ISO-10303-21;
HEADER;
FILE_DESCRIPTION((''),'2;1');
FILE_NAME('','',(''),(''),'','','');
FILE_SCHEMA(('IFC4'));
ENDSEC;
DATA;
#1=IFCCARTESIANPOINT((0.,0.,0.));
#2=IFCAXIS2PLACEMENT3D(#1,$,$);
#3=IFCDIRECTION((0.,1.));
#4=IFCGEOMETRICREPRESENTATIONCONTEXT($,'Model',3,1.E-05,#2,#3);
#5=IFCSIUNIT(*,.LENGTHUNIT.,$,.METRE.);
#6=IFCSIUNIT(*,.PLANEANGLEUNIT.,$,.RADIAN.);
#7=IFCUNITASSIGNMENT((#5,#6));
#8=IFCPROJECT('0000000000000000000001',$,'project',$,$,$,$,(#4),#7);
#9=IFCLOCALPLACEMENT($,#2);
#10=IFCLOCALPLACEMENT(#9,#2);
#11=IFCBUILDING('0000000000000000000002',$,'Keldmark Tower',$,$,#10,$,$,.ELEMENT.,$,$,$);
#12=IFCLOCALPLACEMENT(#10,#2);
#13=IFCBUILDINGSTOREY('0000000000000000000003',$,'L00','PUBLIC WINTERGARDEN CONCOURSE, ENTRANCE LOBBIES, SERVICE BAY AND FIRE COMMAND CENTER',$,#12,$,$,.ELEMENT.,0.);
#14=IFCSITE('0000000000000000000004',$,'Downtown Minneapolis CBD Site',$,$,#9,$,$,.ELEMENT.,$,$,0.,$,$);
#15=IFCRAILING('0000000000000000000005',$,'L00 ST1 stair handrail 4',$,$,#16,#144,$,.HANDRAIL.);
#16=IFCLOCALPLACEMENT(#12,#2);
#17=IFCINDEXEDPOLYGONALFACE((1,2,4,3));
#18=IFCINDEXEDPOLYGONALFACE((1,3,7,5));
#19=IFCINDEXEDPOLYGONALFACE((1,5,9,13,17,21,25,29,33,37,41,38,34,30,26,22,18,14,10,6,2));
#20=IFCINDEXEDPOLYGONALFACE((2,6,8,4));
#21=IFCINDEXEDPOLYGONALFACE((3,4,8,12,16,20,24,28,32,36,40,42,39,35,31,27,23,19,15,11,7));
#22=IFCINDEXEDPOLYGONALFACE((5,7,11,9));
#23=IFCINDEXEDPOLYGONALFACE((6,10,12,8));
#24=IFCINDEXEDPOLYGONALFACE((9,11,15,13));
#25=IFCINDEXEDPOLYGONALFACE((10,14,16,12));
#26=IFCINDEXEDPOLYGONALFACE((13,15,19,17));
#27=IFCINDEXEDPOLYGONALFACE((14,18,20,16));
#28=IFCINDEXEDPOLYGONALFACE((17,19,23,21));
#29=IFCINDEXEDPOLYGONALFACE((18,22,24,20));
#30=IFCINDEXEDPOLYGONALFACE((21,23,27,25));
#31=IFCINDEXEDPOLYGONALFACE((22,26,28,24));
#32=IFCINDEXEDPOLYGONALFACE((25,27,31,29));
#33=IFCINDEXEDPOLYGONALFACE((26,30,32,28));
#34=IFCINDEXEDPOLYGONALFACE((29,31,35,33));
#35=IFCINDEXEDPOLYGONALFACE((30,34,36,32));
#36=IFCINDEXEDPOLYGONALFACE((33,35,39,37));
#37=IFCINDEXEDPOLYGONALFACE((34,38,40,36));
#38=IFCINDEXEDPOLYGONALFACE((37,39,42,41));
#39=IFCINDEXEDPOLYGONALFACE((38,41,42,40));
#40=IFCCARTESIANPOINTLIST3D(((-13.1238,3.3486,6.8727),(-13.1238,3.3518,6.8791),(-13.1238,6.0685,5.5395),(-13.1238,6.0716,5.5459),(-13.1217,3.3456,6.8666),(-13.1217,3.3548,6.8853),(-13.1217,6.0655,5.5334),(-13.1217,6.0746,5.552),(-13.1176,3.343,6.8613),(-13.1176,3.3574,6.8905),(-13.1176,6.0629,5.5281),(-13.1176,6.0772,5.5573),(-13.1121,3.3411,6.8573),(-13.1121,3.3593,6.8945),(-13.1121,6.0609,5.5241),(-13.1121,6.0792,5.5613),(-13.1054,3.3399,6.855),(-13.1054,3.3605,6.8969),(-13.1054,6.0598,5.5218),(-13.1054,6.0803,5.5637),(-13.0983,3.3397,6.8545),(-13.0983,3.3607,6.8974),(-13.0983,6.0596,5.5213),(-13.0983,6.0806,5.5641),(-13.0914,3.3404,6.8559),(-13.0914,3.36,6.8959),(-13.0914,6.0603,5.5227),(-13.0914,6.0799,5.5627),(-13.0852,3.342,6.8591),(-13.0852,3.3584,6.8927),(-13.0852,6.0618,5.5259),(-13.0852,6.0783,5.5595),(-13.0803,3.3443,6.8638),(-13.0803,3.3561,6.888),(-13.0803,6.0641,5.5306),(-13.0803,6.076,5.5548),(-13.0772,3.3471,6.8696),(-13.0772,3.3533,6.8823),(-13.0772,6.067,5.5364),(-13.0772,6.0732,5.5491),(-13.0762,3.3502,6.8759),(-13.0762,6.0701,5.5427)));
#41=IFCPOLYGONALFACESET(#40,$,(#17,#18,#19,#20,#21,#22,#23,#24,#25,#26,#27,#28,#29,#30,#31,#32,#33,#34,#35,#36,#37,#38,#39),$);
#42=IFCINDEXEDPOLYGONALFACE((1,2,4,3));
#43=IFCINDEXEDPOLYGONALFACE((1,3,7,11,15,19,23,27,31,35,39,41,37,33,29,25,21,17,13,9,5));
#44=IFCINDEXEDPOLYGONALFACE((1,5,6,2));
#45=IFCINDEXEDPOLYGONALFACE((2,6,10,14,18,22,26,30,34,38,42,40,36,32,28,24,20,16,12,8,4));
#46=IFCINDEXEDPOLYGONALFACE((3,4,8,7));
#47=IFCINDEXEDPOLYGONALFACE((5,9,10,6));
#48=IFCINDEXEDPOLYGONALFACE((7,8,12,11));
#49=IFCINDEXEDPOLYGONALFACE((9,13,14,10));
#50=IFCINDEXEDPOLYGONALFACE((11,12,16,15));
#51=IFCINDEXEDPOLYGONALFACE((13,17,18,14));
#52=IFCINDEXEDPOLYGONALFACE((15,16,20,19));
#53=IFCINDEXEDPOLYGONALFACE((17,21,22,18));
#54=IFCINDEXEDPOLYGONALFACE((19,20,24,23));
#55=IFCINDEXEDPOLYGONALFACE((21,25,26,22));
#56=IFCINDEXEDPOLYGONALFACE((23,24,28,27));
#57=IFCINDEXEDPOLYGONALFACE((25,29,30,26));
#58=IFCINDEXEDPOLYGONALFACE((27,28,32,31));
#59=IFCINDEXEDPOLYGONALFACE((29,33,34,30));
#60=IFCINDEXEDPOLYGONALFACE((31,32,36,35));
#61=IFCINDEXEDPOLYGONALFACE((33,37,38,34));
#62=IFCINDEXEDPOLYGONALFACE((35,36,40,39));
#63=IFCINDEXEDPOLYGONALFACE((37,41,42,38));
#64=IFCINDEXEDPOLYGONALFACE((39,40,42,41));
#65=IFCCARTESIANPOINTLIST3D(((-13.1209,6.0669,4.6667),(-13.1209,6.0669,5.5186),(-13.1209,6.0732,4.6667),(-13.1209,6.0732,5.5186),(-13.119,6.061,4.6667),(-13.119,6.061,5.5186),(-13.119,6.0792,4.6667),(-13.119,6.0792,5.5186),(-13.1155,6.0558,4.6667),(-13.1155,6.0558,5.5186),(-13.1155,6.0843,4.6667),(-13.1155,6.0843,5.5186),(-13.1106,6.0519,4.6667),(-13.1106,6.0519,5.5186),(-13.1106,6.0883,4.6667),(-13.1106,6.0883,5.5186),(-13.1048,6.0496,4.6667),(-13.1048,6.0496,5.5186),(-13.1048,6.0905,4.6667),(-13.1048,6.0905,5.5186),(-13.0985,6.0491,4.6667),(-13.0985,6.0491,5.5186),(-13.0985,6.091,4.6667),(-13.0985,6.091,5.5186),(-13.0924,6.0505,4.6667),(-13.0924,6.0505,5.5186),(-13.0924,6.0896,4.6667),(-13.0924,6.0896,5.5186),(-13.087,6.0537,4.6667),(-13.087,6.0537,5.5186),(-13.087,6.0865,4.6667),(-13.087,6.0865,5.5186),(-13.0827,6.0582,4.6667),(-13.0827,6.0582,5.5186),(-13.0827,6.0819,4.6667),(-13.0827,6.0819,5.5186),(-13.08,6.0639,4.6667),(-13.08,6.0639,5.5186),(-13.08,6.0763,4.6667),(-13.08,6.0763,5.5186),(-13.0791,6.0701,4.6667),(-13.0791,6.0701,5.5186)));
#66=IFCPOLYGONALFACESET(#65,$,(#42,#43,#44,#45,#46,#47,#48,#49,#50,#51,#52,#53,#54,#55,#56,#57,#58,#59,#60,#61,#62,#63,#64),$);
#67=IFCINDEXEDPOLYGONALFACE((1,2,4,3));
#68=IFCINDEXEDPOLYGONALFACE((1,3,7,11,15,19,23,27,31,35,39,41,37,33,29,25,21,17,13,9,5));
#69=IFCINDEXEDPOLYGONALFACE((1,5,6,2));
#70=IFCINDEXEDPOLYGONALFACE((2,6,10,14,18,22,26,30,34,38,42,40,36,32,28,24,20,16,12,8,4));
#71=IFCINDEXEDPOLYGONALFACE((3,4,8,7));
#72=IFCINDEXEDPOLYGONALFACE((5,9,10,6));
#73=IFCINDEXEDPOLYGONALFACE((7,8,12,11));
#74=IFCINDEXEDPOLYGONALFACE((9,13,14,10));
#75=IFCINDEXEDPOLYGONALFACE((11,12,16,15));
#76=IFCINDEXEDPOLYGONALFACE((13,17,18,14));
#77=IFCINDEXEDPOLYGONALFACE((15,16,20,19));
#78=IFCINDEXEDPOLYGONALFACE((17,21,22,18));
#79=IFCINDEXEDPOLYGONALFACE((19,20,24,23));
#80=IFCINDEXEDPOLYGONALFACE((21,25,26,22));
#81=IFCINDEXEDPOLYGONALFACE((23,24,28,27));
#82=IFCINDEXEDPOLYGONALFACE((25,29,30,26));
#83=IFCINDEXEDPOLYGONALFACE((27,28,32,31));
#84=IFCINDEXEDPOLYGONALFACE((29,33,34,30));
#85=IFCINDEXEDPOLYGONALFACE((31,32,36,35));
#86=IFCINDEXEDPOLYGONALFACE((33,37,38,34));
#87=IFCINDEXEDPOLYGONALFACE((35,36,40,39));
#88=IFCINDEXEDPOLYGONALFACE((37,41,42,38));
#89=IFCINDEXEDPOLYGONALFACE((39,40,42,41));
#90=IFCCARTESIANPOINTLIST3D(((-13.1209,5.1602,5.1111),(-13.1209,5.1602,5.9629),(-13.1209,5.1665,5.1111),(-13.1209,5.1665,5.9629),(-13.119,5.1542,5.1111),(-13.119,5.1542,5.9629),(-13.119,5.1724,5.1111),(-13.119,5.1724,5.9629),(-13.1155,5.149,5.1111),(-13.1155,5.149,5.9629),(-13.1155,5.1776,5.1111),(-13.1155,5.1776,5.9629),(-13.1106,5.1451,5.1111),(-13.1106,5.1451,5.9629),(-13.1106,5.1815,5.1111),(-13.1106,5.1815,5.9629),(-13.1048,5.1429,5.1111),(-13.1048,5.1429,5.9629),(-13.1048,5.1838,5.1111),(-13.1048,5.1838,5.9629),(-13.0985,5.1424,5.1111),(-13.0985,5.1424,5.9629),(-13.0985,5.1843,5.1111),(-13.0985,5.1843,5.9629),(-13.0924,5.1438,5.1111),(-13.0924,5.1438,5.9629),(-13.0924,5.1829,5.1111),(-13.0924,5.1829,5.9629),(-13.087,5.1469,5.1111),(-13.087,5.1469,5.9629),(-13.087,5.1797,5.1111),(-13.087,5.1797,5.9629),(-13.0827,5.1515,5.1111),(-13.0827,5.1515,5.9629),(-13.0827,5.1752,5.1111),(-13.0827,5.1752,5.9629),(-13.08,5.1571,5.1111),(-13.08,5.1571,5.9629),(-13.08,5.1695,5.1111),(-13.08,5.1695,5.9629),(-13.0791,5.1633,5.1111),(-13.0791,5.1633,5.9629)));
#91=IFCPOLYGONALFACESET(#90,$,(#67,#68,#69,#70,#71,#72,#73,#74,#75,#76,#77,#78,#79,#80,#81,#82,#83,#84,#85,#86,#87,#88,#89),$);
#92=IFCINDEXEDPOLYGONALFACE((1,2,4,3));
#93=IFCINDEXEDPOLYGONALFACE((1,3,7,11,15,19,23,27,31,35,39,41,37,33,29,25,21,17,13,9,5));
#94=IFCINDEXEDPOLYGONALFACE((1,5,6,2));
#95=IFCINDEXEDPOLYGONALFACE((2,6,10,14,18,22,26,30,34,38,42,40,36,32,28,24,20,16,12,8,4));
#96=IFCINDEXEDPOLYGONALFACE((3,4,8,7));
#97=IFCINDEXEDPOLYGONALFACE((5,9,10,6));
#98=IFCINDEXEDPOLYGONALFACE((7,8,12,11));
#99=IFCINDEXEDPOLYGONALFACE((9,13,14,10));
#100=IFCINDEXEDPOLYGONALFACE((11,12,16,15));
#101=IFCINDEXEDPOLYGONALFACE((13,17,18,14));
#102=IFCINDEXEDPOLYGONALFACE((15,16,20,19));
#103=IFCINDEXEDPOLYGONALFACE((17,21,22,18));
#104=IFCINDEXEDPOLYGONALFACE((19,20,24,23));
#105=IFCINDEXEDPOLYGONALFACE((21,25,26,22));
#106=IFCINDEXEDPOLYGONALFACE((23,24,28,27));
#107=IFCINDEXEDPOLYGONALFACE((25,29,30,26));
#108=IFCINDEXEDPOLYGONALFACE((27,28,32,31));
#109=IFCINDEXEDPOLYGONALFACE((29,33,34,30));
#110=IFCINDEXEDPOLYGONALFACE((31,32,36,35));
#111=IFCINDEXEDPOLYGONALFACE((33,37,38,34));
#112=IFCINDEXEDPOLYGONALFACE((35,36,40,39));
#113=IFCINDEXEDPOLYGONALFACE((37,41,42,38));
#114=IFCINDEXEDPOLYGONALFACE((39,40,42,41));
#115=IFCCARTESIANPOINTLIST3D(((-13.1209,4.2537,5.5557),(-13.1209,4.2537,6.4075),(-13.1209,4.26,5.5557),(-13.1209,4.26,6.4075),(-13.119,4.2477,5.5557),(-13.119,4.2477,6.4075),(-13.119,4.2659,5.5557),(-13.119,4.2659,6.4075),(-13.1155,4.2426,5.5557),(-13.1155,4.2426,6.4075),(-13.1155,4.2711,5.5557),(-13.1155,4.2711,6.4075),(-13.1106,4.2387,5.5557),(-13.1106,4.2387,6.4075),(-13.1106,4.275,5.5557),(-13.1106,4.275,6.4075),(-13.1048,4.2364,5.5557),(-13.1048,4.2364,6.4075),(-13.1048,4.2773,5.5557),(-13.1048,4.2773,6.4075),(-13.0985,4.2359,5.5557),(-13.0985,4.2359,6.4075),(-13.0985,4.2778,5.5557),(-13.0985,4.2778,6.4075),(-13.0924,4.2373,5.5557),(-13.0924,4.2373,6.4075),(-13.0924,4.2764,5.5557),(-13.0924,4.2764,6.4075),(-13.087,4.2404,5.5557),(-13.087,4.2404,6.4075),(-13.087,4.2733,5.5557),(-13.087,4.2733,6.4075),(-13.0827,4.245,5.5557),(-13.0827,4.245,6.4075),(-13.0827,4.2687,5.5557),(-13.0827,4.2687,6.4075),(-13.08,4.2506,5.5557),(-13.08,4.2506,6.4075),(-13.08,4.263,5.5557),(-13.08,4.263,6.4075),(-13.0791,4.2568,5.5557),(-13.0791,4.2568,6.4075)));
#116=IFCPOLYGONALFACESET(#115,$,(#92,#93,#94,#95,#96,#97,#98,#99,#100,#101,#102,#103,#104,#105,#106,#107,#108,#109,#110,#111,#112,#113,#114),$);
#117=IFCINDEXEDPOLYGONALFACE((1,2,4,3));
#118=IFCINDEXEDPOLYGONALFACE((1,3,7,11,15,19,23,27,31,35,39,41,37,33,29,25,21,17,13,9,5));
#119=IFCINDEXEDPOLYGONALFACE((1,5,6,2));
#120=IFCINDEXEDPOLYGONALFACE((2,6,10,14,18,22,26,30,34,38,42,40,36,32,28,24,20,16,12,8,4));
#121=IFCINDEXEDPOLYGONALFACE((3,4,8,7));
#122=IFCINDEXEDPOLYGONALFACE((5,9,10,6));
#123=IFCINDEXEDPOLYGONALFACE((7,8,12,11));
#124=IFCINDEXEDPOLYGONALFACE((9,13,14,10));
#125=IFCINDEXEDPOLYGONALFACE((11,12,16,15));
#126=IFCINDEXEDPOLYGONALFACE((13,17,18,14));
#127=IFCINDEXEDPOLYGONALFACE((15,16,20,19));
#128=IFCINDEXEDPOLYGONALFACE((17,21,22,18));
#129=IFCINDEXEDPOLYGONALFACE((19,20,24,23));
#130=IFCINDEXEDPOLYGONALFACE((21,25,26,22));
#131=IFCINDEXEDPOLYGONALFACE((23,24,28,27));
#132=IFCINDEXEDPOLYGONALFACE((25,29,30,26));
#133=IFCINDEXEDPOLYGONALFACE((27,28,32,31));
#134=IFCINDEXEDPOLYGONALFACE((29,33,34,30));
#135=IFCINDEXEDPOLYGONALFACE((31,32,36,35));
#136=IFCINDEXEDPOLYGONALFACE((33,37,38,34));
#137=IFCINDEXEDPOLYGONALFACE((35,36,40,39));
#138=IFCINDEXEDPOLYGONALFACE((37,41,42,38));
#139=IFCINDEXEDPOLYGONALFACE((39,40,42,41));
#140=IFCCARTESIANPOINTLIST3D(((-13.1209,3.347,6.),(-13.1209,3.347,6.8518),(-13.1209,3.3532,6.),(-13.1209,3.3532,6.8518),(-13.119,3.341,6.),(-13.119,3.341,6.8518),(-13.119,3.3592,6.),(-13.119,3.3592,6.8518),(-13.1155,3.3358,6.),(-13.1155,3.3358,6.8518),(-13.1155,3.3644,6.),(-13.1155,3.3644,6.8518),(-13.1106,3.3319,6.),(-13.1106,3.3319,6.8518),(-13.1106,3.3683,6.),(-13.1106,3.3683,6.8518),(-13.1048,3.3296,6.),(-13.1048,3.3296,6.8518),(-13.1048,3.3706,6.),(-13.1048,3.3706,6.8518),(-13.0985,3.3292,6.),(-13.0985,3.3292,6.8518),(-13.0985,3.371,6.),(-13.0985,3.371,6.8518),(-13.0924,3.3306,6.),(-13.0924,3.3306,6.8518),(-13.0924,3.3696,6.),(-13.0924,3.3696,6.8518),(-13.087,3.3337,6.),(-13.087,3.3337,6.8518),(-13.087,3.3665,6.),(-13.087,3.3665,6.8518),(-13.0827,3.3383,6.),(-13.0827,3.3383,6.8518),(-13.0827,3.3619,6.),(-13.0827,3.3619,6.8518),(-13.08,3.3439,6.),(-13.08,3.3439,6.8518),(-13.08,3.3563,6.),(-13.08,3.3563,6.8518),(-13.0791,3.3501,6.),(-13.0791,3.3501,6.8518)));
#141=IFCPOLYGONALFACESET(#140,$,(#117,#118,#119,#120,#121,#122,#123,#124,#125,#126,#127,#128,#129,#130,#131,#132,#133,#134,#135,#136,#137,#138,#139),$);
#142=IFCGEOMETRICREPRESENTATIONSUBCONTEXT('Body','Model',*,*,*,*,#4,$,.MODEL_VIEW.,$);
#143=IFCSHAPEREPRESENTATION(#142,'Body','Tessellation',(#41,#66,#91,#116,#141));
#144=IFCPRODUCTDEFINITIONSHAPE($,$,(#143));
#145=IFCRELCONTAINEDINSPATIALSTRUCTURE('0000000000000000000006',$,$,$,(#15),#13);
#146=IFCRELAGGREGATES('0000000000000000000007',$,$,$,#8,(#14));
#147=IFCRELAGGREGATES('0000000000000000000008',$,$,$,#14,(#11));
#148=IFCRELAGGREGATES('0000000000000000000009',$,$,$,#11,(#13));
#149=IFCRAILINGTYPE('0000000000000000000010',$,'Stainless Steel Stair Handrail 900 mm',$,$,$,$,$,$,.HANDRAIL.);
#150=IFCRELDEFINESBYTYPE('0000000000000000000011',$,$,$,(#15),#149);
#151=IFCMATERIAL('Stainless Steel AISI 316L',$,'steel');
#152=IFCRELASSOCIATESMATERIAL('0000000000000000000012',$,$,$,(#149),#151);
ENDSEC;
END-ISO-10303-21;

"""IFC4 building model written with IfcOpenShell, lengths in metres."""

from ifc_helpers import new_model, si_unit, direction, frame, origin, origin_2d, place, context, subcontext, project, spatial, circle, extrude, material, type_object, element, save


model = new_model("IFC4")

# Units and contexts
model_context = context("Model", 3, precision=1e-05, world=origin(), true_north=direction((0.0, 1.0)))
body_context = subcontext(model_context, "Body", "Model", "MODEL_VIEW")
ifc_project = project(units=[si_unit("LENGTHUNIT", "METRE"), si_unit("PLANEANGLEUNIT", "RADIAN")], contexts=[model_context])

# Site, building, storey
site_placement = place(None, origin())
site = spatial("IfcSite", under=ifc_project, at=site_placement, Name="Downtown Minneapolis CBD Site", CompositionType="ELEMENT", RefElevation=0.0)
building_placement = place(site_placement, origin())
building = spatial("IfcBuilding", under=site, at=building_placement, Name="Keldmark Tower", CompositionType="ELEMENT")
storey_placement = place(building_placement, origin())
storey = spatial("IfcBuildingStorey", under=building, at=storey_placement, Name="L00", Description="PUBLIC WINTERGARDEN CONCOURSE, ENTRANCE LOBBIES, SERVICE BAY AND FIRE COMMAND CENTER", CompositionType="ELEMENT", Elevation=0.0)

# Railing
ifc_material_1 = material(Name="Stainless Steel AISI 316L", Category="steel")
railing_type_1 = type_object("IfcRailingType", Name="Stainless Steel Stair Handrail 900 mm", PredefinedType="HANDRAIL", material=ifc_material_1)
for number, where, name in (
    (1, (-13.1001, 6.0701, 4.6667), "L00 ST1 stair handrail 4"),
):
    element("IfcRailing", number, at=place(storey_placement, frame(where)), inside=storey, type_object=railing_type_1, Name=name, PredefinedType="HANDRAIL", context=body_context, shape_type="SweptSolid", body=[
        extrude(circle(Radius=0.0239, at=origin_2d()), frame((0.0, 0.0, 0.876), z_axis=(0.0, -0.897929, 0.440139), x_axis=(1.0, 0.0, 0.0)), (0.0, 0.0, 1.0), 3.0291),
        extrude(circle(Radius=0.021, at=origin_2d()), origin(), (0.0, 0.0, 1.0), 0.8518),
        extrude(circle(Radius=0.021, at=origin_2d()), frame((0.0, -0.9067, 0.4443)), (0.0, 0.0, 1.0), 0.8518),
        extrude(circle(Radius=0.021, at=origin_2d()), frame((0.0, -1.8132, 0.8889)), (0.0, 0.0, 1.0), 0.8518),
        extrude(circle(Radius=0.021, at=origin_2d()), frame((0.0, -2.72, 1.3333)), (0.0, 0.0, 1.0), 0.8518),
    ])

save(model, "model.ifc")
